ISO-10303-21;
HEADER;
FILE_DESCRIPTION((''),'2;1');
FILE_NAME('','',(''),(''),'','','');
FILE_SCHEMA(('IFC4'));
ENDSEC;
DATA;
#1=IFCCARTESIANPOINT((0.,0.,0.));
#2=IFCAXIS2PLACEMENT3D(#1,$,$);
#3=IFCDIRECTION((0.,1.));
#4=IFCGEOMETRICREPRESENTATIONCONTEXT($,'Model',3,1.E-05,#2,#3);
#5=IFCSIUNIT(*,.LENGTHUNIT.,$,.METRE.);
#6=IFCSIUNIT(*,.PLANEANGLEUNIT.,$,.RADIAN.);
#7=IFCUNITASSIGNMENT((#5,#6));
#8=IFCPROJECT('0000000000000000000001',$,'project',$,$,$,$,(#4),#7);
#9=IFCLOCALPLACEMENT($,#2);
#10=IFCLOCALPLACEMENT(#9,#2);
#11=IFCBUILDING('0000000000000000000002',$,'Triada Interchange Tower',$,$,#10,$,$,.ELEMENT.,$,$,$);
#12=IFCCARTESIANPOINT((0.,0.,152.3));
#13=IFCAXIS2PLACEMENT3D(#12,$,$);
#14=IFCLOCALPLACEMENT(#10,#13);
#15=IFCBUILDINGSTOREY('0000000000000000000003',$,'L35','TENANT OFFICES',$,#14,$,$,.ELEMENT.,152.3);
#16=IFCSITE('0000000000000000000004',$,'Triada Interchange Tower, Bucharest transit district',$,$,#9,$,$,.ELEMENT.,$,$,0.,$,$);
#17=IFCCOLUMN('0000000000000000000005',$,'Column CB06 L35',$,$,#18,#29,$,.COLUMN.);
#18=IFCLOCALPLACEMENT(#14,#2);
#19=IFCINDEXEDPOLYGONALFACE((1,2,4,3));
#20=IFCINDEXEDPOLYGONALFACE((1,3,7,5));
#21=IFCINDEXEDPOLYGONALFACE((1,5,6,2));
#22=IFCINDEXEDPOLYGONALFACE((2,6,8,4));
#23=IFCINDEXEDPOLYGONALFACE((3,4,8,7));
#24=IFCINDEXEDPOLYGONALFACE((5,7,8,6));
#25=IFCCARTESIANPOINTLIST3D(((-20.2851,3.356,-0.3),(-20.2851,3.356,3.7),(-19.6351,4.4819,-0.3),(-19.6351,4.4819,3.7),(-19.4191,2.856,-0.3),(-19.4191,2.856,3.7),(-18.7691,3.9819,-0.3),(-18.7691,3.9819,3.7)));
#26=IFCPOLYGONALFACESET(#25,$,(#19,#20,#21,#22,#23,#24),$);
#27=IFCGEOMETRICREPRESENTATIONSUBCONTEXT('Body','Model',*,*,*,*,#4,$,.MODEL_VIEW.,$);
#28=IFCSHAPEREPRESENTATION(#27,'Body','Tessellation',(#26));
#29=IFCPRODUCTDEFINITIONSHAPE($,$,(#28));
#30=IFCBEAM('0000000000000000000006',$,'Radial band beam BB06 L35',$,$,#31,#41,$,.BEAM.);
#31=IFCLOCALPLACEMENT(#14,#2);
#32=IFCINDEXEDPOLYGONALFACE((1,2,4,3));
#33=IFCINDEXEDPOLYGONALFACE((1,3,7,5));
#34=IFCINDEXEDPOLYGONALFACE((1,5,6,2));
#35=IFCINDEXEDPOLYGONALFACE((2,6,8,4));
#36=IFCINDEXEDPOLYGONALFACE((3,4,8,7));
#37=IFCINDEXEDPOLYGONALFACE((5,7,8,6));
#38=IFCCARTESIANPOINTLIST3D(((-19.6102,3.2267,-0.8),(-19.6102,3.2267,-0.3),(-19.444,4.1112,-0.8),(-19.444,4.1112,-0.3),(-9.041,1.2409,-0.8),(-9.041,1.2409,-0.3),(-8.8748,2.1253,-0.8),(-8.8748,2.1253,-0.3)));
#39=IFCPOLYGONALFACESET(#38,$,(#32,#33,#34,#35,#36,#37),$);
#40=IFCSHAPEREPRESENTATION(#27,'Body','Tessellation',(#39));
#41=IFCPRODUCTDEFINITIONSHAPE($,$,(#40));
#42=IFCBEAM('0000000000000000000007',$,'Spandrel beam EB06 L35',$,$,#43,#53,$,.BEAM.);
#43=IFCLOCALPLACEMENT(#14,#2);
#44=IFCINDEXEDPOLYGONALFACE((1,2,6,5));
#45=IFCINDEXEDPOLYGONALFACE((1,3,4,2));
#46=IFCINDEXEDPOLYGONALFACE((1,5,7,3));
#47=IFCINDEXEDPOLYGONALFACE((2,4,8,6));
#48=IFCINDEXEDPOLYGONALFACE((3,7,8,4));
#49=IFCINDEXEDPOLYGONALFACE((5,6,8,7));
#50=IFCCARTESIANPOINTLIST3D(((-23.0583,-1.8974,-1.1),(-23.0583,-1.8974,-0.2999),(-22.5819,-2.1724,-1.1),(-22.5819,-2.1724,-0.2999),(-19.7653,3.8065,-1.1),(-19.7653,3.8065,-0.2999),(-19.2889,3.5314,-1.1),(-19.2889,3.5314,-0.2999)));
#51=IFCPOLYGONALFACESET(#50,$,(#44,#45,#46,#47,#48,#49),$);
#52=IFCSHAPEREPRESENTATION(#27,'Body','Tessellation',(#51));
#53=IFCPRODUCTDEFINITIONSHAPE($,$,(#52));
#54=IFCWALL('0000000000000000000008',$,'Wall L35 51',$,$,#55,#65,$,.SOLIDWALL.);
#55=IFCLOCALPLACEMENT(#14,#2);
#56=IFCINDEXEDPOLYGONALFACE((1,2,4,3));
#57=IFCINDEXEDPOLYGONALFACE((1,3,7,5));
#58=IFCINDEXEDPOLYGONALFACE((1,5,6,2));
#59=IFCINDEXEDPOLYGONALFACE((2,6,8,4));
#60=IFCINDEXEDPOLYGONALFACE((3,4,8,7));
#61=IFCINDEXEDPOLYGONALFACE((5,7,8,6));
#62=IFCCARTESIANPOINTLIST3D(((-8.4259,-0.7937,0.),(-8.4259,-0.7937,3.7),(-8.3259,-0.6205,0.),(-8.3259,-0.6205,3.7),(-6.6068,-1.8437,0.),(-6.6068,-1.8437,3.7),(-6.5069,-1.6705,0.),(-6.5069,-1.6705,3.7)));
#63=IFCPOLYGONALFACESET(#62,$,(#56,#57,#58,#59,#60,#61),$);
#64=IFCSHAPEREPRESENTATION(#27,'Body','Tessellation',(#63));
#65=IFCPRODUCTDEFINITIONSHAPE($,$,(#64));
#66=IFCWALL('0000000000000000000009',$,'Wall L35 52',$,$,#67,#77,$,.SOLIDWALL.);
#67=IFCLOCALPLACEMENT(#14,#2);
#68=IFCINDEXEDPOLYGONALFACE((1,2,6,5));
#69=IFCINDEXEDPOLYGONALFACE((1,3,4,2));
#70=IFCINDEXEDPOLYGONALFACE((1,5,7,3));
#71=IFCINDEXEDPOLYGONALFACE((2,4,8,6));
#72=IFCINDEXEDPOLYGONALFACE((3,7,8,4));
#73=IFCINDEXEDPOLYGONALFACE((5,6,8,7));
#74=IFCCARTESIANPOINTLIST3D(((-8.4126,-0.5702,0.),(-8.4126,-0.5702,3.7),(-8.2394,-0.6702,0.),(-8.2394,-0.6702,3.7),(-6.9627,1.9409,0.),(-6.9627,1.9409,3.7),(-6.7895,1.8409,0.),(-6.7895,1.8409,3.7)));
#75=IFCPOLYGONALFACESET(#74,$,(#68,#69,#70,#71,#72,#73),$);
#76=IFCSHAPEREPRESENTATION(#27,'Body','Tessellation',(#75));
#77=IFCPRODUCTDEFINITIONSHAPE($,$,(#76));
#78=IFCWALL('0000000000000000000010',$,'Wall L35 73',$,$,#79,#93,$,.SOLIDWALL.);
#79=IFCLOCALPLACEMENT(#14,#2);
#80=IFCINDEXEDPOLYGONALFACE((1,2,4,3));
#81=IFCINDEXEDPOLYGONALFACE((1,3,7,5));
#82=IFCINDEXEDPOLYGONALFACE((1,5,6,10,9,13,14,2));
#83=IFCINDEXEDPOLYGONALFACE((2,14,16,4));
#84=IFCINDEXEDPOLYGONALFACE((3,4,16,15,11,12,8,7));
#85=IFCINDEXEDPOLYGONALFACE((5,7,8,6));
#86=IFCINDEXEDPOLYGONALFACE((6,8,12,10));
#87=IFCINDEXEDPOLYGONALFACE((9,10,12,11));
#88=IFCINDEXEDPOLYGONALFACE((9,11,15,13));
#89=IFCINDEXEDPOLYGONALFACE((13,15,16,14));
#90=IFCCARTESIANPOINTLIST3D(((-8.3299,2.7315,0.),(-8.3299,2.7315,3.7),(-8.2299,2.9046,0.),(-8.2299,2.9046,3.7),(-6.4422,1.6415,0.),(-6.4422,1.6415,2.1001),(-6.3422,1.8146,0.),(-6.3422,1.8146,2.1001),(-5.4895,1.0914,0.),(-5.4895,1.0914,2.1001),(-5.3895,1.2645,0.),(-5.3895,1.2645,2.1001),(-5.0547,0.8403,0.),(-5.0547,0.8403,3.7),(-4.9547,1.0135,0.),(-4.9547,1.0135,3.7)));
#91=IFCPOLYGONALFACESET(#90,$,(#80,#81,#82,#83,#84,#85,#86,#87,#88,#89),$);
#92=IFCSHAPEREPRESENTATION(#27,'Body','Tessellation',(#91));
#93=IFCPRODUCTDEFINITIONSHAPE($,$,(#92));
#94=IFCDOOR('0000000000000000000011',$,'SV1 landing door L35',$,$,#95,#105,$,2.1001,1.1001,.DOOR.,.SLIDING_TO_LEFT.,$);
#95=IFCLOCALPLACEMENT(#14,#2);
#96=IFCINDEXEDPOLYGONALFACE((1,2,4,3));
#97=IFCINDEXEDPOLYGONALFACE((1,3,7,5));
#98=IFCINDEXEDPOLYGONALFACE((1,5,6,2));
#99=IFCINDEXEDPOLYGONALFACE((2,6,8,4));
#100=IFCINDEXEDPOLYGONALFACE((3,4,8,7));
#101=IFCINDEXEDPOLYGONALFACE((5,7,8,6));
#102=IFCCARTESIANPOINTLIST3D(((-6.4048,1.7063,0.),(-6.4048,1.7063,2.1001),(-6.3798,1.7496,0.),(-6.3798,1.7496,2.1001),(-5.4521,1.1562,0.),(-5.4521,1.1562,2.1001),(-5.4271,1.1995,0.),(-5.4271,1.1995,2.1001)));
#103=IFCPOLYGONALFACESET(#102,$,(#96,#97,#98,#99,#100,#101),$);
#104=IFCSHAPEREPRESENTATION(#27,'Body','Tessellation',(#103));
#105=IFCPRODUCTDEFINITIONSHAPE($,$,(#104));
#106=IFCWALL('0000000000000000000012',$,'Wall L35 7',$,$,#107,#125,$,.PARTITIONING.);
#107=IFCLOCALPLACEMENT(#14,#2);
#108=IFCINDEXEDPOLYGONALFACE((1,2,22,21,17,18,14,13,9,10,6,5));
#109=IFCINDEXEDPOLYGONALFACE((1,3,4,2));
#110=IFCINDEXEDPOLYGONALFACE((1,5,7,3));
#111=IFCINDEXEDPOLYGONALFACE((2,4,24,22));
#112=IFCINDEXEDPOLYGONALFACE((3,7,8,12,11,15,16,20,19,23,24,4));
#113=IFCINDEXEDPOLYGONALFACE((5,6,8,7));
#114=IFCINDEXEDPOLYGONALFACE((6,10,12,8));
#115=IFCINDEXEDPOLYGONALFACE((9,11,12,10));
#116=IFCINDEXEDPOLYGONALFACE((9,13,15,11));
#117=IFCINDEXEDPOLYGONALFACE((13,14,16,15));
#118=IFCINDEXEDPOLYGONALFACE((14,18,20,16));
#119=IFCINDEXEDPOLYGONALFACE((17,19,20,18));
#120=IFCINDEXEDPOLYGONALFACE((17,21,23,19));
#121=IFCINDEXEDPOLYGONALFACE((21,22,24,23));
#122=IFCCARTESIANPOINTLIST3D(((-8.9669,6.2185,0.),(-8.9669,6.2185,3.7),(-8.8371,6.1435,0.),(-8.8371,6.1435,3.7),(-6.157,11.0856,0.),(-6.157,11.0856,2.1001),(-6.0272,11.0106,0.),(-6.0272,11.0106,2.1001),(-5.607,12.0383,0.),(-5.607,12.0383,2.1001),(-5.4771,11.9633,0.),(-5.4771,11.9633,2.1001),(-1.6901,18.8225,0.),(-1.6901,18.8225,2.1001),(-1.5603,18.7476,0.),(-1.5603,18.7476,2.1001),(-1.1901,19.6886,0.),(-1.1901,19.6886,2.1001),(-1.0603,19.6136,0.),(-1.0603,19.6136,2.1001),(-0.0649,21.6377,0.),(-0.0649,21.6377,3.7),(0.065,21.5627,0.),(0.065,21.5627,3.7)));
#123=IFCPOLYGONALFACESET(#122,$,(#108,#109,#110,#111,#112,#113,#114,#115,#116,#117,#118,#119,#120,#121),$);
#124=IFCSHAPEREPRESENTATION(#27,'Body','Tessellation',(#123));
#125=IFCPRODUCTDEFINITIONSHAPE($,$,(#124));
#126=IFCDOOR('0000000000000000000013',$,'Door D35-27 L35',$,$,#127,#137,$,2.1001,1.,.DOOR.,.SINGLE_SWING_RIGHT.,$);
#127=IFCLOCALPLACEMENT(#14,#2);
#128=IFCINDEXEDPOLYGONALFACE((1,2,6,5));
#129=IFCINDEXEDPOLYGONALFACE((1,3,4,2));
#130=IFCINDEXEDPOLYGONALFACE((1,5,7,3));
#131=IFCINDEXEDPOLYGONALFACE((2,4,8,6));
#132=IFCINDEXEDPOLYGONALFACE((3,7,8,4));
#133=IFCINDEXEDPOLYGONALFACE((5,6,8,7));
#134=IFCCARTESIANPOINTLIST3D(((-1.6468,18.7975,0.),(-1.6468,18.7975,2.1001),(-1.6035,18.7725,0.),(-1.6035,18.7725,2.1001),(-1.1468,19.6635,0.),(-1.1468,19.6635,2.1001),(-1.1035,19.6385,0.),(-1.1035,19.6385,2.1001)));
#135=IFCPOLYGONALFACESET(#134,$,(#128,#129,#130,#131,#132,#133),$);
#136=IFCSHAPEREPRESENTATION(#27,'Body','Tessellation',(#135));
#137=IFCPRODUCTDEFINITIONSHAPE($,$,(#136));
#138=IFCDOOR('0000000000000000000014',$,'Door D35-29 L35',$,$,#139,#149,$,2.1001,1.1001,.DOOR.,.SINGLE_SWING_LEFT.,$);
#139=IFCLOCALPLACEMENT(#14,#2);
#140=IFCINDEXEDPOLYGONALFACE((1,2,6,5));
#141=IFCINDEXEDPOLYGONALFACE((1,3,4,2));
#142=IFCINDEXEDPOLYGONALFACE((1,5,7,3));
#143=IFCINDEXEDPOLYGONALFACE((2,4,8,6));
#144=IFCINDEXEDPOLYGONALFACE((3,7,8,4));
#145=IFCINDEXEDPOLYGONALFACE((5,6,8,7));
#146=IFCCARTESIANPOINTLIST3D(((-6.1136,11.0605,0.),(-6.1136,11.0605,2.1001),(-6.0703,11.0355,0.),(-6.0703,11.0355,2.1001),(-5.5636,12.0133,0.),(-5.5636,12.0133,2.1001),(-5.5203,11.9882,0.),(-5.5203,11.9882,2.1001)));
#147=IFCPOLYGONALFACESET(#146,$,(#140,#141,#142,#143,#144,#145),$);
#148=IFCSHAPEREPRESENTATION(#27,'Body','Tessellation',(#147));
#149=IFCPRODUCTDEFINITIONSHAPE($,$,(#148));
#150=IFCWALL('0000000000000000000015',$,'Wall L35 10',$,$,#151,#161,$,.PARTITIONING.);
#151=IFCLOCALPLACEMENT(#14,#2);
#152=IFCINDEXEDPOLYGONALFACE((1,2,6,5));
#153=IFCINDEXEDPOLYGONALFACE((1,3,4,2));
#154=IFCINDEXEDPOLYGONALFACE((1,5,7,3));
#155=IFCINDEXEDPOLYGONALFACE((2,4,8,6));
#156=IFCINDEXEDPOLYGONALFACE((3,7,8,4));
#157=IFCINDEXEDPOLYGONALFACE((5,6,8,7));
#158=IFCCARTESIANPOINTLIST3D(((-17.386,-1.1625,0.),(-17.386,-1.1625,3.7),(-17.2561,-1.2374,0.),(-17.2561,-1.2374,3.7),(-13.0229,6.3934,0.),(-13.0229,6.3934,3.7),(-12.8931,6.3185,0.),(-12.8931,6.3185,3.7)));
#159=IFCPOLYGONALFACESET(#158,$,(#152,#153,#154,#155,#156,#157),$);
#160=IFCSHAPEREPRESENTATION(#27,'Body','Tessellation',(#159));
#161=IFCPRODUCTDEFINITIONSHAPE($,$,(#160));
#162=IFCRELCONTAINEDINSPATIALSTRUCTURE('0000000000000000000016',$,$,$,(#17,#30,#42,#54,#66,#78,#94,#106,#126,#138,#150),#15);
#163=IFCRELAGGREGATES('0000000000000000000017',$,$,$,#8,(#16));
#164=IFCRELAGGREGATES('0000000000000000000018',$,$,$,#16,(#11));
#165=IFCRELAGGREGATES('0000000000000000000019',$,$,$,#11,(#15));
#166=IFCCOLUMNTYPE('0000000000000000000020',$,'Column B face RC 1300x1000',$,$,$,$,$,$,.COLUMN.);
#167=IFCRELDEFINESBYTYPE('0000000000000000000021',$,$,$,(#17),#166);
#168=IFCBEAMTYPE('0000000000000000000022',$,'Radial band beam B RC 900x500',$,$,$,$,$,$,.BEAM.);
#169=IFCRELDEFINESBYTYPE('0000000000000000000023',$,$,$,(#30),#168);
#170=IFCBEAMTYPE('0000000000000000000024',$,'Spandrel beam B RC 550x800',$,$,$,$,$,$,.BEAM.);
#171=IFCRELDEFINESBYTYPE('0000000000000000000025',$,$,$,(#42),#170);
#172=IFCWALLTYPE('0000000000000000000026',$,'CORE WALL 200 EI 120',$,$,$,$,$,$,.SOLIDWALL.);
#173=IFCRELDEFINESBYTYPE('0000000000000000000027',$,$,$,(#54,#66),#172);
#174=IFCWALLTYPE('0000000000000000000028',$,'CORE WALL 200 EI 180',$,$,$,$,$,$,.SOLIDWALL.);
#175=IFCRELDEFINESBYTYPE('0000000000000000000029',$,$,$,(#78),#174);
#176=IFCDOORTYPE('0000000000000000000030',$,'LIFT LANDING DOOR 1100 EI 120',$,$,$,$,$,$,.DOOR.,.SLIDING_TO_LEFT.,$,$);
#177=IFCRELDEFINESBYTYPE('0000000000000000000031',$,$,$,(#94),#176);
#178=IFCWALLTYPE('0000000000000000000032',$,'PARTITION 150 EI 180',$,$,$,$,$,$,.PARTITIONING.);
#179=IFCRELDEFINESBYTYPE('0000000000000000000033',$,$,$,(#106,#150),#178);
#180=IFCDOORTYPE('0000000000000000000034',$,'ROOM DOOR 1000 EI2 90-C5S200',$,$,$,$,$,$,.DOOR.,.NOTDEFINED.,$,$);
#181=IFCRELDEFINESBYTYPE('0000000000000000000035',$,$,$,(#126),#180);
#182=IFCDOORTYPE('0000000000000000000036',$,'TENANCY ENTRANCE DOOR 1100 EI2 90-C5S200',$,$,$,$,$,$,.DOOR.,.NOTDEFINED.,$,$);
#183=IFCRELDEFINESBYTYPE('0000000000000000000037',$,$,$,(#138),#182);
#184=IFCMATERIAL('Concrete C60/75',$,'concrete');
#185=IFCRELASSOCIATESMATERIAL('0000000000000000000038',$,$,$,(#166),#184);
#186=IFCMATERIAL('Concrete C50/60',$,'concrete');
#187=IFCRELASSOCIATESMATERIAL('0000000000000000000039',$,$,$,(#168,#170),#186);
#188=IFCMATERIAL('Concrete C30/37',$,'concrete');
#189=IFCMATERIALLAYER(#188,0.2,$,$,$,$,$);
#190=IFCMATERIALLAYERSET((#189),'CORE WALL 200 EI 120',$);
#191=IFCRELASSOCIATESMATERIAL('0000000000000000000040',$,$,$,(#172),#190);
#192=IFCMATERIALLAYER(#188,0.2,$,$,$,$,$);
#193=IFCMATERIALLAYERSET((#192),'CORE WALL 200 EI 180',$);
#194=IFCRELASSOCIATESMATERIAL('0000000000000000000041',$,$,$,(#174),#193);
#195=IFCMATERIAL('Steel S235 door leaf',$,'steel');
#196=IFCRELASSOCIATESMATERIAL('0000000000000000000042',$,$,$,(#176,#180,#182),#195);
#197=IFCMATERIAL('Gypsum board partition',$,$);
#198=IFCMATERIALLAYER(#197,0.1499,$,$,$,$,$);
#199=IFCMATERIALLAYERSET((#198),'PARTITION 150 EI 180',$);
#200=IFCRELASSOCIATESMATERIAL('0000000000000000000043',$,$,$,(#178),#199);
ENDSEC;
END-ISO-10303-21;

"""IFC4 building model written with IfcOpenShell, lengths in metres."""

from ifc_helpers import new_model, si_unit, direction, frame, frame_2d, origin, origin_2d, place, context, subcontext, project, spatial, rectangle, extrude, material, layer, layer_set, material_profile, profile_set, type_object, element, fill, save


model = new_model("IFC4")

# Units and contexts
model_context = context("Model", 3, precision=1e-05, world=origin(), true_north=direction((0.0, 1.0)))
body_context = subcontext(model_context, "Body", "Model", "MODEL_VIEW")
ifc_project = project(units=[si_unit("LENGTHUNIT", "METRE"), si_unit("PLANEANGLEUNIT", "RADIAN")], contexts=[model_context])

# Site, building, storey
site_placement = place(None, origin())
site = spatial("IfcSite", under=ifc_project, at=site_placement, Name="Triada Interchange Tower, Bucharest transit district", CompositionType="ELEMENT", RefElevation=0.0)
building_placement = place(site_placement, origin())
building = spatial("IfcBuilding", under=site, at=building_placement, Name="Triada Interchange Tower", CompositionType="ELEMENT")
storey_placement = place(building_placement, frame((0.0, 0.0, 152.3)))
storey = spatial("IfcBuildingStorey", under=building, at=storey_placement, Name="L35", Description="TENANT OFFICES", CompositionType="ELEMENT", Elevation=152.3)

# Column
ifc_material_1 = material(Name="Concrete C60/75", Category="concrete")
ifc_material_profile_1 = material_profile(ifc_material_1, rectangle(XDim=1.3, YDim=1.0, at=origin_2d()), Name="RC 1300x1000")
ifc_profile_set_1 = profile_set([ifc_material_profile_1], Name="Concrete C60/75")
column_type = type_object("IfcColumnType", Name="Column B face RC 1300x1000", PredefinedType="COLUMN", material=ifc_profile_set_1)
column_placement = place(storey_placement, frame((-19.5271, 3.6689, -0.3), z_axis=(0.0, 0.0, 1.0), x_axis=(0.5, 0.866025, 0.0)))
element("IfcColumn", 1, at=column_placement, inside=storey, type_object=column_type, Name="Column CB06 L35", PredefinedType="COLUMN", context=body_context, shape_type="SweptSolid", body=[
    extrude(rectangle(XDim=1.3, YDim=1.0, at=origin_2d()), origin(), (0.0, 0.0, 1.0), 4.0),
])

# Beams
ifc_material_2 = material(Name="Concrete C50/60", Category="concrete")
ifc_material_profile_2 = material_profile(ifc_material_2, rectangle(XDim=0.8999, YDim=0.5, at=origin_2d()), Name="RC 900x500")
ifc_profile_set_2 = profile_set([ifc_material_profile_2], Name="Concrete C50/60")
beam_type_1 = type_object("IfcBeamType", Name="Radial band beam B RC 900x500", PredefinedType="BEAM", material=ifc_profile_set_2)
beam_1_placement = place(storey_placement, frame((-19.5271, 3.6689, -0.55), z_axis=(0.982802, -0.18466, 0.0), x_axis=(0.18466, 0.982802, 0.0)))
element("IfcBeam", 2, at=beam_1_placement, inside=storey, type_object=beam_type_1, Name="Radial band beam BB06 L35", PredefinedType="BEAM", context=body_context, shape_type="SweptSolid", body=[
    extrude(rectangle(XDim=0.8999, YDim=0.5, at=origin_2d()), origin(), (0.0, 0.0, 1.0), 10.7542),
])
ifc_material_profile_3 = material_profile(ifc_material_2, rectangle(XDim=0.55, YDim=0.8, at=origin_2d()), Name="RC 550x800")
ifc_profile_set_3 = profile_set([ifc_material_profile_3], Name="Concrete C50/60")
beam_type_2 = type_object("IfcBeamType", Name="Spandrel beam B RC 550x800", PredefinedType="BEAM", material=ifc_profile_set_3)
beam_2_placement = place(storey_placement, frame((-19.5271, 3.6689, -0.7), z_axis=(-0.499982, -0.866036, 0.0), x_axis=(0.866036, -0.499982, 0.0)))
element("IfcBeam", 3, at=beam_2_placement, inside=storey, type_object=beam_type_2, Name="Spandrel beam EB06 L35", PredefinedType="BEAM", context=body_context, shape_type="SweptSolid", body=[
    extrude(rectangle(XDim=0.55, YDim=0.8, at=origin_2d()), origin(), (0.0, 0.0, 1.0), 6.5862),
])

# Walls
ifc_material_3 = material(Name="Concrete C30/37", Category="concrete")
ifc_layer_1 = layer(ifc_material_3, 0.2)
ifc_layer_set_1 = layer_set([ifc_layer_1], Name="CORE WALL 200 EI 120")
wall_type_1 = type_object("IfcWallType", Name="CORE WALL 200 EI 120", PredefinedType="SOLIDWALL", material=ifc_layer_set_1)
wall_1_placement = place(storey_placement, frame((-8.376, -0.707, 0.0), z_axis=(0.0, 0.0, 1.0), x_axis=(0.866068, -0.499927, 0.0)))
element("IfcWall", 4, at=wall_1_placement, inside=storey, type_object=wall_type_1, Name="Wall L35 51", PredefinedType="SOLIDWALL", context=body_context, shape_type="SweptSolid", body=[
    extrude(rectangle(XDim=2.1003, YDim=0.2, at=frame_2d((1.0503, 0.0))), origin(), (0.0, 0.0, 1.0), 3.7),
])
wall_2_placement = place(storey_placement, frame((-8.3259, -0.6201, 0.0), z_axis=(0.0, 0.0, 1.0), x_axis=(0.500024, 0.866012, 0.0)))
element("IfcWall", 5, at=wall_2_placement, inside=storey, type_object=wall_type_1, Name="Wall L35 52", PredefinedType="SOLIDWALL", context=body_context, shape_type="SweptSolid", body=[
    extrude(rectangle(XDim=2.8997, YDim=0.2, at=frame_2d((1.4497, 0.0))), origin(), (0.0, 0.0, 1.0), 3.7),
])

# Wall, opening, door
ifc_layer_2 = layer(ifc_material_3, 0.2)
ifc_layer_set_2 = layer_set([ifc_layer_2], Name="CORE WALL 200 EI 180")
wall_type_2 = type_object("IfcWallType", Name="CORE WALL 200 EI 180", PredefinedType="SOLIDWALL", material=ifc_layer_set_2)
wall_3_placement = place(storey_placement, frame((-8.28, 2.8181, 0.0), z_axis=(0.0, 0.0, 1.0), x_axis=(0.866002, -0.500041, 0.0)))
wall_3 = element("IfcWall", 6, at=wall_3_placement, inside=storey, type_object=wall_type_2, Name="Wall L35 73", PredefinedType="SOLIDWALL", context=body_context, shape_type="SweptSolid", body=[
    extrude(rectangle(XDim=3.782, YDim=0.2, at=frame_2d((1.8911, 0.0))), origin(), (0.0, 0.0, 1.0), 3.7),
])
opening_1_placement = place(wall_3_placement, frame((2.1799, 0.0, 0.0)))
opening_1 = element("IfcOpeningElement", 7, at=opening_1_placement, cuts=wall_3, PredefinedType="OPENING", context=body_context, shape_type="SweptSolid", body=[
    extrude(rectangle(XDim=1.1001, YDim=2.1001, at=frame_2d((0.55, 1.05))), frame((0.0, 0.1099, 0.0), z_axis=(0.0, -1.0, 0.0), x_axis=(1.0, 0.0, 0.0)), (0.0, 0.0, 1.0), 0.22),
])
ifc_material_4 = material(Name="Steel S235 door leaf", Category="steel")
door_type_1 = type_object("IfcDoorType", Name="LIFT LANDING DOOR 1100 EI 120", OperationType="SLIDING_TO_LEFT", PredefinedType="DOOR", material=ifc_material_4)
door_1_placement = place(opening_1_placement, origin())
door_1 = element("IfcDoor", 8, at=door_1_placement, inside=storey, type_object=door_type_1, Name="SV1 landing door L35", OperationType="SLIDING_TO_LEFT", OverallHeight=2.1001, OverallWidth=1.1001, PredefinedType="DOOR", context=body_context, shape_type="SweptSolid", body=[
    extrude(rectangle(XDim=1.1001, YDim=2.1001, at=frame_2d((0.55, 1.05))), frame((0.0, 0.0249, 0.0), z_axis=(0.0, -1.0, 0.0), x_axis=(1.0, 0.0, 0.0)), (0.0, 0.0, 1.0), 0.05),
])
fill(opening_1, door_1)

# Wall, openings, doors
ifc_material_5 = material(Name="Gypsum board partition")
ifc_layer_3 = layer(ifc_material_5, 0.1499)
ifc_layer_set_3 = layer_set([ifc_layer_3], Name="PARTITION 150 EI 180")
wall_type_3 = type_object("IfcWallType", Name="PARTITION 150 EI 180", PredefinedType="PARTITIONING", material=ifc_layer_set_3)
wall_4_placement = place(storey_placement, frame((-8.9021, 6.1809, 0.0), z_axis=(0.0, 0.0, 1.0), x_axis=(0.499993, 0.86603, 0.0)))
wall_4 = element("IfcWall", 9, at=wall_4_placement, inside=storey, type_object=wall_type_3, Name="Wall L35 7", PredefinedType="PARTITIONING", context=body_context, shape_type="SweptSolid", body=[
    extrude(rectangle(XDim=17.8044, YDim=0.1499, at=frame_2d((8.9023, 0.0))), origin(), (0.0, 0.0, 1.0), 3.7),
])
opening_2_placement = place(wall_4_placement, frame((14.554, 0.0, 0.0)))
opening_2 = element("IfcOpeningElement", 10, at=opening_2_placement, cuts=wall_4, PredefinedType="OPENING", context=body_context, shape_type="SweptSolid", body=[
    extrude(rectangle(XDim=1.0, YDim=2.1001, at=frame_2d((0.5, 1.05))), frame((0.0, 0.085, 0.0), z_axis=(0.0, -1.0, 0.0), x_axis=(1.0, 0.0, 0.0)), (0.0, 0.0, 1.0), 0.1699),
])
opening_3_placement = place(wall_4_placement, frame((5.6201, 0.0, 0.0)))
opening_3 = element("IfcOpeningElement", 11, at=opening_3_placement, cuts=wall_4, PredefinedType="OPENING", context=body_context, shape_type="SweptSolid", body=[
    extrude(rectangle(XDim=1.1001, YDim=2.1001, at=frame_2d((0.55, 1.05))), frame((0.0, 0.085, 0.0), z_axis=(0.0, -1.0, 0.0), x_axis=(1.0, 0.0, 0.0)), (0.0, 0.0, 1.0), 0.1699),
])
door_type_2 = type_object("IfcDoorType", Name="ROOM DOOR 1000 EI2 90-C5S200", OperationType="NOTDEFINED", PredefinedType="DOOR", material=ifc_material_4)
door_2_placement = place(opening_2_placement, origin())
door_2 = element("IfcDoor", 12, at=door_2_placement, inside=storey, type_object=door_type_2, Name="Door D35-27 L35", OperationType="SINGLE_SWING_RIGHT", OverallHeight=2.1001, OverallWidth=1.0, PredefinedType="DOOR", context=body_context, shape_type="SweptSolid", body=[
    extrude(rectangle(XDim=1.0, YDim=2.1001, at=frame_2d((0.5, 1.05))), frame((0.0, 0.0249, 0.0), z_axis=(0.0, -1.0, 0.0), x_axis=(1.0, 0.0, 0.0)), (0.0, 0.0, 1.0), 0.05),
])
fill(opening_2, door_2)
door_type_3 = type_object("IfcDoorType", Name="TENANCY ENTRANCE DOOR 1100 EI2 90-C5S200", OperationType="NOTDEFINED", PredefinedType="DOOR", material=ifc_material_4)
door_3_placement = place(opening_3_placement, origin())
door_3 = element("IfcDoor", 13, at=door_3_placement, inside=storey, type_object=door_type_3, Name="Door D35-29 L35", OperationType="SINGLE_SWING_LEFT", OverallHeight=2.1001, OverallWidth=1.1001, PredefinedType="DOOR", context=body_context, shape_type="SweptSolid", body=[
    extrude(rectangle(XDim=1.1001, YDim=2.1001, at=frame_2d((0.55, 1.05))), frame((0.0, 0.0249, 0.0), z_axis=(0.0, -1.0, 0.0), x_axis=(1.0, 0.0, 0.0)), (0.0, 0.0, 1.0), 0.05),
])
fill(opening_3, door_3)

# Wall
wall_5_placement = place(storey_placement, frame((-17.321, -1.2, 0.0), z_axis=(0.0, 0.0, 1.0), x_axis=(0.500054, 0.865994, 0.0)))
element("IfcWall", 14, at=wall_5_placement, inside=storey, type_object=wall_type_3, Name="Wall L35 10", PredefinedType="PARTITIONING", context=body_context, shape_type="SweptSolid", body=[
    extrude(rectangle(XDim=8.7251, YDim=0.1499, at=frame_2d((4.3625, 0.0))), origin(), (0.0, 0.0, 1.0), 3.7),
])

save(model, "model.ifc")
